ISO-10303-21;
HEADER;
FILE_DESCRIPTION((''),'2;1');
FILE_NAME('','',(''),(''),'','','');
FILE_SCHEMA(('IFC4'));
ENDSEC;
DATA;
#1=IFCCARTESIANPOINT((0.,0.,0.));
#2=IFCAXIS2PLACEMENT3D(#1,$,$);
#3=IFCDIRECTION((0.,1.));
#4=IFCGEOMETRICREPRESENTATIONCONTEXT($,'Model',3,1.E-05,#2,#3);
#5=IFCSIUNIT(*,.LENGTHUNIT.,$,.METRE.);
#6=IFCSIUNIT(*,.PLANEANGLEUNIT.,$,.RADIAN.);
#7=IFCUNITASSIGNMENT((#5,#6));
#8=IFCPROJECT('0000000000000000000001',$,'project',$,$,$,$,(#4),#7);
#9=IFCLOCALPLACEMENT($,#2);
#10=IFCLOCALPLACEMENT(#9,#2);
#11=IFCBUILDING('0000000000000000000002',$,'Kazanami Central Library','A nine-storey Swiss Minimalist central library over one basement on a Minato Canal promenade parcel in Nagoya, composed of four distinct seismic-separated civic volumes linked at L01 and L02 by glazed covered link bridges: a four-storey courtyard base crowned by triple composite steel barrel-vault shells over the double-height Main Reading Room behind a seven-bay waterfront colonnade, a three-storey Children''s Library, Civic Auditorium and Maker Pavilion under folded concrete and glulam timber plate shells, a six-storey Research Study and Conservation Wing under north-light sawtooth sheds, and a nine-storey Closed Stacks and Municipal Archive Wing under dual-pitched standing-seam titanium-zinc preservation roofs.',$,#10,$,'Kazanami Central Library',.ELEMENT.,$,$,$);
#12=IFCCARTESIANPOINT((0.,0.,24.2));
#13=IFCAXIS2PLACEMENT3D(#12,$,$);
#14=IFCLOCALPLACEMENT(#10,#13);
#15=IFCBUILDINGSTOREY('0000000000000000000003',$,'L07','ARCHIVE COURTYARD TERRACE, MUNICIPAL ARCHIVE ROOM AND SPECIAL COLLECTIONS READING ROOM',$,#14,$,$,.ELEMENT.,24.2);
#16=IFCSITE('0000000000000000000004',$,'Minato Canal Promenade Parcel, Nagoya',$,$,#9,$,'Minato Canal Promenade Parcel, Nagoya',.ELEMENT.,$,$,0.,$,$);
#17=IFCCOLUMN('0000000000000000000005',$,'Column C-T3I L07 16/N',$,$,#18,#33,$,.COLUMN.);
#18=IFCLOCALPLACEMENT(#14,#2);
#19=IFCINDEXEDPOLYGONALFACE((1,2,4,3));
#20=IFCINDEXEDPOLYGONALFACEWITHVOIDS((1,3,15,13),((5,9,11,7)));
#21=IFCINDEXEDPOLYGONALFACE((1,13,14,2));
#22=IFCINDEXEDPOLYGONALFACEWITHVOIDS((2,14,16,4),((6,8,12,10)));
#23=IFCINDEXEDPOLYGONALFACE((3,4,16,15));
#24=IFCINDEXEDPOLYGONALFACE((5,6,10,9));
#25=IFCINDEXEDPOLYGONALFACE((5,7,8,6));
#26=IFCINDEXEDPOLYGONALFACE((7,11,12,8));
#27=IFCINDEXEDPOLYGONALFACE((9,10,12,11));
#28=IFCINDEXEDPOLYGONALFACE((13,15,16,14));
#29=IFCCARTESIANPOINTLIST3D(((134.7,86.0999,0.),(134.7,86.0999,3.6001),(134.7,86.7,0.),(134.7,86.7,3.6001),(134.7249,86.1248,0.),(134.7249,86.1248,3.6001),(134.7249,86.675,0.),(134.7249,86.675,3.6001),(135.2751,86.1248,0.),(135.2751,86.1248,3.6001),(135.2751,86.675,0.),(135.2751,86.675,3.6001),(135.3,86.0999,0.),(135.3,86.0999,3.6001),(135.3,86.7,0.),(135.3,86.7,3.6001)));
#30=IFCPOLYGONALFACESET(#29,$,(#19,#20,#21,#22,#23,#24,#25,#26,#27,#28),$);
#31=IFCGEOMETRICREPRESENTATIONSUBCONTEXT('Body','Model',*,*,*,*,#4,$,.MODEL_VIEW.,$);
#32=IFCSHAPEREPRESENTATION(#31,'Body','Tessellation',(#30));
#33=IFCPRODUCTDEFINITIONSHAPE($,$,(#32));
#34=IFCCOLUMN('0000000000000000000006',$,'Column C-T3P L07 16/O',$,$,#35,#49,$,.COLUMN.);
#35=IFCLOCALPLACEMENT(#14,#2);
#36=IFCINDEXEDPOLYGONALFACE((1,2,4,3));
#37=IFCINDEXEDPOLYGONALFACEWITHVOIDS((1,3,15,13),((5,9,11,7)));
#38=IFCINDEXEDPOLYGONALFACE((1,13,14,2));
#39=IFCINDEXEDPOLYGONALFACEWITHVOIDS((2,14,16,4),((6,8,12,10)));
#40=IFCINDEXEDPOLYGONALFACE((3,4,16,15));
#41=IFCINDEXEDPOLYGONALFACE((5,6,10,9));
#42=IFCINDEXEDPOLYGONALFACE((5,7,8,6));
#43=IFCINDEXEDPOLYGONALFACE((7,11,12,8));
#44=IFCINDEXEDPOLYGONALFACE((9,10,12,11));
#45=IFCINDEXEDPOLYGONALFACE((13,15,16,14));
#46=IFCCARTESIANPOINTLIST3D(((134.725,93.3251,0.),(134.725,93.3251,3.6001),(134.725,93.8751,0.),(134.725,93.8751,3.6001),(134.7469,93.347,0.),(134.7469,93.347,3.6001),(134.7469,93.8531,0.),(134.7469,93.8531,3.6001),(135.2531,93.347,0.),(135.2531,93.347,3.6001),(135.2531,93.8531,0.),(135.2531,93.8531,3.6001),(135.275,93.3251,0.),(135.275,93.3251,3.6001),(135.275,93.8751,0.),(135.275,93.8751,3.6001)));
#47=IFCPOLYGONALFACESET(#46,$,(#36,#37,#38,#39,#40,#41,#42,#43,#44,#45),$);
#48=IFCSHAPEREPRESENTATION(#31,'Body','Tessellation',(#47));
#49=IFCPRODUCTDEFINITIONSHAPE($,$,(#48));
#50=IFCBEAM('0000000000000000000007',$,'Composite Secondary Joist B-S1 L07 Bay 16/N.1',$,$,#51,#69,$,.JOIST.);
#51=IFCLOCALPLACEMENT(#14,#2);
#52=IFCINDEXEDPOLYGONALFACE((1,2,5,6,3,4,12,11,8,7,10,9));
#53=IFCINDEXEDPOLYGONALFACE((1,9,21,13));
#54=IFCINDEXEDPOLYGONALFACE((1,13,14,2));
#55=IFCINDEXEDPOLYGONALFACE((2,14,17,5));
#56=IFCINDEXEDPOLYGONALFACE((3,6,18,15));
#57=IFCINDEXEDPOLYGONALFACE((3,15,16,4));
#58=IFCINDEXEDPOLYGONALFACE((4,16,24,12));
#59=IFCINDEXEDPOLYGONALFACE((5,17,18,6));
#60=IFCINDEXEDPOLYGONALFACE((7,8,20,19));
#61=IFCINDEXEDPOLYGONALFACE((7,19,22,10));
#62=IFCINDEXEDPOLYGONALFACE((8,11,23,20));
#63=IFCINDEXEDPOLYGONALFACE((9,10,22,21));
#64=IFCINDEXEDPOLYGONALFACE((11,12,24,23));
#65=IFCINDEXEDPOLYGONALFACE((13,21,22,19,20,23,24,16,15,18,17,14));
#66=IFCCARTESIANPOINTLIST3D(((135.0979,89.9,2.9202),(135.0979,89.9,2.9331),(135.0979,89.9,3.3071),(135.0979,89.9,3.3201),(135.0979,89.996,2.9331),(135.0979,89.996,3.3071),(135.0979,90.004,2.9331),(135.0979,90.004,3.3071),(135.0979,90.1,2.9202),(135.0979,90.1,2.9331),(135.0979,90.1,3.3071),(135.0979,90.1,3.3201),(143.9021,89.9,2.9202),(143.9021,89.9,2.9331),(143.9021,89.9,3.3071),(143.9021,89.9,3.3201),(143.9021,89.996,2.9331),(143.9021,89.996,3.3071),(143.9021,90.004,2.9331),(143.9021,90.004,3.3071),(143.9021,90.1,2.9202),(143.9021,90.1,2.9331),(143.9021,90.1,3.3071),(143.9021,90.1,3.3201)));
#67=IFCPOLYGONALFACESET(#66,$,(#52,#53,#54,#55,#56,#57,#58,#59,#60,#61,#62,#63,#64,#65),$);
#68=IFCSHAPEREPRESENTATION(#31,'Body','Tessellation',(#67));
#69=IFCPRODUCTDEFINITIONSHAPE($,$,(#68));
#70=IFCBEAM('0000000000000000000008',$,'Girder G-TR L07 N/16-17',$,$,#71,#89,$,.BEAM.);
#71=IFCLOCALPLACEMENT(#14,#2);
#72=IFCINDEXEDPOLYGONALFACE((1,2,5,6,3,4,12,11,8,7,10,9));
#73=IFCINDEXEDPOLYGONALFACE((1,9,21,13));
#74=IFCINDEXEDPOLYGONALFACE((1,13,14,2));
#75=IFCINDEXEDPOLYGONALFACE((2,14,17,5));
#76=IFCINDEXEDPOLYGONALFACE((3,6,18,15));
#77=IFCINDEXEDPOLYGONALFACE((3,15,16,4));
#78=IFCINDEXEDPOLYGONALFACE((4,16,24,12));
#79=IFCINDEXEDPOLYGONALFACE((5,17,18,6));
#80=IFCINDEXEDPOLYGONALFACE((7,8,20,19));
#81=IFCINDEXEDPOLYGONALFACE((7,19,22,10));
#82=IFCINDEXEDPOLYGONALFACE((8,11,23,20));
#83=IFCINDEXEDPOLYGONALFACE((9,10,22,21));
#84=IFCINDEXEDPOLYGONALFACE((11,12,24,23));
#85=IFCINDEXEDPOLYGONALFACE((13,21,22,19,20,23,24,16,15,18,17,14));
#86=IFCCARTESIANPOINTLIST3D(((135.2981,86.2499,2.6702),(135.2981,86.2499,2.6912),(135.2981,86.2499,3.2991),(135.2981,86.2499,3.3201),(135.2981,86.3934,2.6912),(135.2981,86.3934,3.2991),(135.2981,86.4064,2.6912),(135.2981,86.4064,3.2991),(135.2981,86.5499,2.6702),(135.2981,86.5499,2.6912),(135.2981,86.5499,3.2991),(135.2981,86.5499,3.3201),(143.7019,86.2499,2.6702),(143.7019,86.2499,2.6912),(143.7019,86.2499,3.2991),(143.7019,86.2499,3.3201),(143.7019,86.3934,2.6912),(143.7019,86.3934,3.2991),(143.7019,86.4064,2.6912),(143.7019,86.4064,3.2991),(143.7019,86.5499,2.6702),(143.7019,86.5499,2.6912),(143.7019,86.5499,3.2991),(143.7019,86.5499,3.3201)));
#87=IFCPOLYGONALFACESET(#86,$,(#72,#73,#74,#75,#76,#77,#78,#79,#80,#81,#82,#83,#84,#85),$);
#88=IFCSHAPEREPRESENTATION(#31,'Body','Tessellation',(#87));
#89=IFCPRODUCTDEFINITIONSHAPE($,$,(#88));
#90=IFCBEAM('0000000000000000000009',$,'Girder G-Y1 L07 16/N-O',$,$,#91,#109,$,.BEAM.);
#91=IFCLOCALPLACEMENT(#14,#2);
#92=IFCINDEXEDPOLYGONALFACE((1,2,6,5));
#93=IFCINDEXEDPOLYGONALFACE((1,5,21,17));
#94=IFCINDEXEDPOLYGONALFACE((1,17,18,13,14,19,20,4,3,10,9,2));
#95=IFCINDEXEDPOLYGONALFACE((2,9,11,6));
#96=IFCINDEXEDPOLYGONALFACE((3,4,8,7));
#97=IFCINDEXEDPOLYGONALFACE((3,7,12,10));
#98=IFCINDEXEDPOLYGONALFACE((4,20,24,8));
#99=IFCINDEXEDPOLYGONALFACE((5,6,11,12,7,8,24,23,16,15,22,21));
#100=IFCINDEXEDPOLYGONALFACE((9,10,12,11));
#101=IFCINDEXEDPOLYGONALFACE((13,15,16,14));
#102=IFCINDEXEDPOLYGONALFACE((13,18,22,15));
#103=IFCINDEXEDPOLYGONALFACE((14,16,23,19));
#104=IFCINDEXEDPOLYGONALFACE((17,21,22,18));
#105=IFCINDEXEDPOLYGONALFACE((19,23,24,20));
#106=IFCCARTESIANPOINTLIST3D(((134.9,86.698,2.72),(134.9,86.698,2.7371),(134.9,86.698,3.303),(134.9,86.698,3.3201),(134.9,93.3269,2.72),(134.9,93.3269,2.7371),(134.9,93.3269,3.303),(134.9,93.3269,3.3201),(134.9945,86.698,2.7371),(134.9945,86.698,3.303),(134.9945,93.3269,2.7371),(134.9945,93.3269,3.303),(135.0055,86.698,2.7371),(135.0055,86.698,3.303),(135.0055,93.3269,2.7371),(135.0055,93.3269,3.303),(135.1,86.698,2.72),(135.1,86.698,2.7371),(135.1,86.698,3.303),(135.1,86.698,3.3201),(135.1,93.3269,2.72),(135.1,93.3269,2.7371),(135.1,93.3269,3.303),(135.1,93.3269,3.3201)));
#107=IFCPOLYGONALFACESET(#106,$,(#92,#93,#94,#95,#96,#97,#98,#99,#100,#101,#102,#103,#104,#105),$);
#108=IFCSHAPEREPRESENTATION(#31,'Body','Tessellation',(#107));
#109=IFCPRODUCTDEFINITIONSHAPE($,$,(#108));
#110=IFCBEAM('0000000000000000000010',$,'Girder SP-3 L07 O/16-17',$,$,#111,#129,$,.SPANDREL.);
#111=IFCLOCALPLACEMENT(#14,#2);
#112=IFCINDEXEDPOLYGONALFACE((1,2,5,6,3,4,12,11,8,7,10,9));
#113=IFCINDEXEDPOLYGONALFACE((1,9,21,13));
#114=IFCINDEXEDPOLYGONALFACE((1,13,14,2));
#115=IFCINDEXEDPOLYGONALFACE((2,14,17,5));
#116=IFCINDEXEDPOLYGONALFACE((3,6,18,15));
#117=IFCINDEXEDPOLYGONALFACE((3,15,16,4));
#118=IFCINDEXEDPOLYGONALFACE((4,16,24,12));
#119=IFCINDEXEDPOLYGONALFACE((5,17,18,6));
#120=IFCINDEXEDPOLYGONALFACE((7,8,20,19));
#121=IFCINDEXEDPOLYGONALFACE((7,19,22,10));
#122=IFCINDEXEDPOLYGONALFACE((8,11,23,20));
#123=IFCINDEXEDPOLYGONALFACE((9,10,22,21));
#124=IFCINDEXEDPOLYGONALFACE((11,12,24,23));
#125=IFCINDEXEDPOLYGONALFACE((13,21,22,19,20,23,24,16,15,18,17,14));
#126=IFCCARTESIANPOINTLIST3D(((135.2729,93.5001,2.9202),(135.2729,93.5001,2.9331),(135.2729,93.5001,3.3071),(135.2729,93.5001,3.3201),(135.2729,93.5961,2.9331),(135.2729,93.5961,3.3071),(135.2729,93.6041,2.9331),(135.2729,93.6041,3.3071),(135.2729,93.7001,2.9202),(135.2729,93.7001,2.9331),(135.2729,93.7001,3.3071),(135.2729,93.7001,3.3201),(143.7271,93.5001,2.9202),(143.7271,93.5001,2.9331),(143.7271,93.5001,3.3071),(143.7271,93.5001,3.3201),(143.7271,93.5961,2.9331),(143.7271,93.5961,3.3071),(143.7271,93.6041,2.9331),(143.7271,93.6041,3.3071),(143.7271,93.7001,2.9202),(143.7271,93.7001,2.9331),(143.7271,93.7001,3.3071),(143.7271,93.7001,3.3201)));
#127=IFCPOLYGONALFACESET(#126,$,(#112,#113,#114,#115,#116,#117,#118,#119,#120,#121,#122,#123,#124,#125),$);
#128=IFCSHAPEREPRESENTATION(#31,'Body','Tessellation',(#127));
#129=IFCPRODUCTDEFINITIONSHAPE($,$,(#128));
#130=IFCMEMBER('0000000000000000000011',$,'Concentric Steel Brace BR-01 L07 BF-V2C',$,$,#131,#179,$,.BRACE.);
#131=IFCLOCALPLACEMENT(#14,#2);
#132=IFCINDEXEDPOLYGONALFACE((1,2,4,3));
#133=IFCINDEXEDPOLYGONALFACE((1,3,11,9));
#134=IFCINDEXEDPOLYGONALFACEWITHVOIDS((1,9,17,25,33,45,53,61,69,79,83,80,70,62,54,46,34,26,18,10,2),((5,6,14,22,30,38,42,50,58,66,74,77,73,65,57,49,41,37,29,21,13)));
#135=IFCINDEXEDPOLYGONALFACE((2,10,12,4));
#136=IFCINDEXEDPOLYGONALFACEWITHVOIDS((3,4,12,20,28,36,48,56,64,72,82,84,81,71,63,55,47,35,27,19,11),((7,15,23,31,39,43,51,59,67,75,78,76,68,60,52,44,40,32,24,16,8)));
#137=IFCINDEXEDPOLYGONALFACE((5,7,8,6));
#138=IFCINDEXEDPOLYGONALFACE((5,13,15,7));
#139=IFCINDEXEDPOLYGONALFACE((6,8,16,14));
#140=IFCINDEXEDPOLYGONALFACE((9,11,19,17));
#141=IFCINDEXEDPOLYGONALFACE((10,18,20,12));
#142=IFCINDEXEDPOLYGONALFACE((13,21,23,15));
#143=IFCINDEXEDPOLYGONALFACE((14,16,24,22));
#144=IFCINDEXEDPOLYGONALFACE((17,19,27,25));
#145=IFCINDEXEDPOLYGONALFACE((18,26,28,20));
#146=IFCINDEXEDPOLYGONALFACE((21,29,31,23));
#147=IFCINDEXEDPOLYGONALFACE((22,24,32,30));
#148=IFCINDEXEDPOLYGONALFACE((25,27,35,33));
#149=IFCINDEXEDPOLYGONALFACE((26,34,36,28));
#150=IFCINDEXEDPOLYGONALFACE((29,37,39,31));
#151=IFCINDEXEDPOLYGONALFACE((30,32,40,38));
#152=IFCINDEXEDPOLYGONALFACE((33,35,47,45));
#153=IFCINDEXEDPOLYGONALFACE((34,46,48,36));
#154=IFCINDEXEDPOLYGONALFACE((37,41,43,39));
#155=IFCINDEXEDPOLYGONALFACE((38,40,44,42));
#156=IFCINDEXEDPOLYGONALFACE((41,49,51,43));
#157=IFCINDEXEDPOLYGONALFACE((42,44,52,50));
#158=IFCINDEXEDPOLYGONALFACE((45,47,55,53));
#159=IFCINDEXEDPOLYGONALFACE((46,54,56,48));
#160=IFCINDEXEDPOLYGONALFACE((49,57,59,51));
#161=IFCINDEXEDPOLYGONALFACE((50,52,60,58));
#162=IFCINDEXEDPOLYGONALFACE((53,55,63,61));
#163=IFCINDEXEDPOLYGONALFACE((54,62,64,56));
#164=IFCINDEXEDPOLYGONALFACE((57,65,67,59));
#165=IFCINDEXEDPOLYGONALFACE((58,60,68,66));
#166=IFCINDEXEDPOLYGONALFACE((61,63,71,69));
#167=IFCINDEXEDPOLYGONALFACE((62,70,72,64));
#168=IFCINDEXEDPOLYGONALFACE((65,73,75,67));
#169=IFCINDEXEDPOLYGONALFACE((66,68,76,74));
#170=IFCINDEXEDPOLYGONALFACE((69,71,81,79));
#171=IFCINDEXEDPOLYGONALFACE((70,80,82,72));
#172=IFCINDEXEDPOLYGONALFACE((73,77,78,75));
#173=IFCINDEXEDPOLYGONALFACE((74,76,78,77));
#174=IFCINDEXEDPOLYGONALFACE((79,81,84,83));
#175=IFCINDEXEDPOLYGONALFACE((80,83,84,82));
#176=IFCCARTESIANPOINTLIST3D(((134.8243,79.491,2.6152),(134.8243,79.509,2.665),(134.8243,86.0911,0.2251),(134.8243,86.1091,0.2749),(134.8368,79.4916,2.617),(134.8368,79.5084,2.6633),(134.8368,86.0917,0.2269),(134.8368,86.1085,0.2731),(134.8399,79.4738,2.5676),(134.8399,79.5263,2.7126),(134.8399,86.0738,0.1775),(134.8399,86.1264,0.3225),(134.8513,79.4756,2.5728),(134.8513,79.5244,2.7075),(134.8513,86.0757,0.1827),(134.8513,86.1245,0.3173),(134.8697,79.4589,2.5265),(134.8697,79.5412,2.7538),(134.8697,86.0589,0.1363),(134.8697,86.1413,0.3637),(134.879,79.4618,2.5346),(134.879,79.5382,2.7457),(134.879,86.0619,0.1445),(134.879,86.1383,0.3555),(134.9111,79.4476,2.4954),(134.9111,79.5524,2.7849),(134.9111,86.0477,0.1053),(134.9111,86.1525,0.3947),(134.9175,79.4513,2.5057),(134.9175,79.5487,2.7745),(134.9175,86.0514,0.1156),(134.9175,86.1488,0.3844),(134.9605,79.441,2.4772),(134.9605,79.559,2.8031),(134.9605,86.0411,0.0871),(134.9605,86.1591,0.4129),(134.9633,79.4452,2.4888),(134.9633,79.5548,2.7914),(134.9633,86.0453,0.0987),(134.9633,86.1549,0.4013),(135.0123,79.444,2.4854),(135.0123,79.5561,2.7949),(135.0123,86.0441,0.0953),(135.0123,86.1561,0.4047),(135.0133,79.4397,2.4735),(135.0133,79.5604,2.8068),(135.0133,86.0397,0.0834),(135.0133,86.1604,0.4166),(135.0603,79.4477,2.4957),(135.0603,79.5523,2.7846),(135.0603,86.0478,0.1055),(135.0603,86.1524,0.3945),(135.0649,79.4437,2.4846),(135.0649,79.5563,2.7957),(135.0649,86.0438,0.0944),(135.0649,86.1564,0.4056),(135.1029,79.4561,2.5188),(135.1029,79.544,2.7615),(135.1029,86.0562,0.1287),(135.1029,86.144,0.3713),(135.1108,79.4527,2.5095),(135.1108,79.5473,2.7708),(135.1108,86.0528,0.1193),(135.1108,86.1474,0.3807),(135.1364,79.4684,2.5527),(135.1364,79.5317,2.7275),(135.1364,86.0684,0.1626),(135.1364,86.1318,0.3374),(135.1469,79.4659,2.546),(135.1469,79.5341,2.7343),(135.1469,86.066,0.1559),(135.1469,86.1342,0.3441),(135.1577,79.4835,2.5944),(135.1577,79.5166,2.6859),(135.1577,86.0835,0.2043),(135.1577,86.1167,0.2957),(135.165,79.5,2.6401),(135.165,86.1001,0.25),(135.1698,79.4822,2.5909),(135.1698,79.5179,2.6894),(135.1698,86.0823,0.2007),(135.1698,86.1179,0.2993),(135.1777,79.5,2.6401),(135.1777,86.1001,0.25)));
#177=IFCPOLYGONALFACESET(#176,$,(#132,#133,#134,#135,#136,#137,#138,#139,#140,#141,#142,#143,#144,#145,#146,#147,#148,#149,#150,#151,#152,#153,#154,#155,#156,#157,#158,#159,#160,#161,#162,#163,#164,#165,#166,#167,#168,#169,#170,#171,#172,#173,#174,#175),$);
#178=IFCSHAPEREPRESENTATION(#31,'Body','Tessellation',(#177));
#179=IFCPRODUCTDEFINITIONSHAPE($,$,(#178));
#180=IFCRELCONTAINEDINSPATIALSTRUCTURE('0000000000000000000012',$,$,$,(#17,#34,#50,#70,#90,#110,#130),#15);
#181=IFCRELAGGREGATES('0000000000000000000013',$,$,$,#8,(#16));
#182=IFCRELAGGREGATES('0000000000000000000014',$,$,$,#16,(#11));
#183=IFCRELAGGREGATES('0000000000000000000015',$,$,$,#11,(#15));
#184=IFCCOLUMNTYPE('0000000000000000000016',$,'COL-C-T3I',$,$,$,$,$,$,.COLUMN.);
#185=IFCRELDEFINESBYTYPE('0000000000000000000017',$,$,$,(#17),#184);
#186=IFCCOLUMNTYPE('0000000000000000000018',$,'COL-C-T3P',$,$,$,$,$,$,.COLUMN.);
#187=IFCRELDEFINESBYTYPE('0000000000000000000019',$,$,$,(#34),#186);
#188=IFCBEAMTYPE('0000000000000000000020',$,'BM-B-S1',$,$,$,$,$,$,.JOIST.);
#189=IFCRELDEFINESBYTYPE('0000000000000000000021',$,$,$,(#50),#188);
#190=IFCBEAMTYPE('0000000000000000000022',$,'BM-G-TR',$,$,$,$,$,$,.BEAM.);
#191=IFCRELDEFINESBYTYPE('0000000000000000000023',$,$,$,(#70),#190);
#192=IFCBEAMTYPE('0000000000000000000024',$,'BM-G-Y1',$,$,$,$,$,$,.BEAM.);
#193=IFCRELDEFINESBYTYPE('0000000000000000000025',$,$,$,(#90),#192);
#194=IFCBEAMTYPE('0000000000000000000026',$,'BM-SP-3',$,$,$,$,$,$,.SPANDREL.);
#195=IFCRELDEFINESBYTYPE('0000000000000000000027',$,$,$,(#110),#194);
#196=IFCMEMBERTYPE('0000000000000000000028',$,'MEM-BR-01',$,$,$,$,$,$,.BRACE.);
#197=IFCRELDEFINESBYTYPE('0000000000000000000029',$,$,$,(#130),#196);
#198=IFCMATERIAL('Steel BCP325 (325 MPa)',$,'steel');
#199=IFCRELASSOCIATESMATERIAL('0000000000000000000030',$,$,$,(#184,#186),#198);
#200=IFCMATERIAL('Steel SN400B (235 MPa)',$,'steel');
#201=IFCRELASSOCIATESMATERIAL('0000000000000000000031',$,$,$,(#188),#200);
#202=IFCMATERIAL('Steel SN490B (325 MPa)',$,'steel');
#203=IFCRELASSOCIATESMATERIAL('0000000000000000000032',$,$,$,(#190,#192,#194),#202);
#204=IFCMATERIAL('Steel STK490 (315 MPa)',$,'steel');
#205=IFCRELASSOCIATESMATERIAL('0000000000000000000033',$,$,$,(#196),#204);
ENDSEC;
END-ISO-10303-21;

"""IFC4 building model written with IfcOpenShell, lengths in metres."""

from ifc_helpers import new_model, si_unit, direction, frame, origin, origin_2d, place, context, subcontext, project, spatial, hollow_rectangle, hollow_circle, i_section, extrude, material, material_profile, profile_set, type_object, element, save


model = new_model("IFC4")

# Units and contexts
model_context = context("Model", 3, precision=1e-05, world=origin(), true_north=direction((0.0, 1.0)))
body_context = subcontext(model_context, "Body", "Model", "MODEL_VIEW")
ifc_project = project(units=[si_unit("LENGTHUNIT", "METRE"), si_unit("PLANEANGLEUNIT", "RADIAN")], contexts=[model_context])

# Site, building, storey
site_placement = place(None, origin())
site = spatial("IfcSite", under=ifc_project, at=site_placement, Name="Minato Canal Promenade Parcel, Nagoya", LongName="Minato Canal Promenade Parcel, Nagoya", CompositionType="ELEMENT", RefElevation=0.0)
building_placement = place(site_placement, origin())
building = spatial("IfcBuilding", under=site, at=building_placement, Name="Kazanami Central Library", Description="A nine-storey Swiss Minimalist central library over one basement on a Minato Canal promenade parcel in Nagoya, composed of four distinct seismic-separated civic volumes linked at L01 and L02 by glazed covered link bridges: a four-storey courtyard base crowned by triple composite steel barrel-vault shells over the double-height Main Reading Room behind a seven-bay waterfront colonnade, a three-storey Children's Library, Civic Auditorium and Maker Pavilion under folded concrete and glulam timber plate shells, a six-storey Research Study and Conservation Wing under north-light sawtooth sheds, and a nine-storey Closed Stacks and Municipal Archive Wing under dual-pitched standing-seam titanium-zinc preservation roofs.", LongName="Kazanami Central Library", CompositionType="ELEMENT")
storey_placement = place(building_placement, frame((0.0, 0.0, 24.2)))
storey = spatial("IfcBuildingStorey", under=building, at=storey_placement, Name="L07", Description="ARCHIVE COURTYARD TERRACE, MUNICIPAL ARCHIVE ROOM AND SPECIAL COLLECTIONS READING ROOM", CompositionType="ELEMENT", Elevation=24.2)

# Columns
ifc_material_1 = material(Name="Steel BCP325 (325 MPa)", Category="steel")
ifc_material_profile_1 = material_profile(ifc_material_1, hollow_rectangle(XDim=0.6001, YDim=0.6001, WallThickness=0.0249, at=origin_2d()), Name="BCP-600x600x25")
ifc_profile_set_1 = profile_set([ifc_material_profile_1], Name="Steel BCP325 (325 MPa)")
column_type_1 = type_object("IfcColumnType", Name="COL-C-T3I", PredefinedType="COLUMN", material=ifc_profile_set_1)
column_1_placement = place(storey_placement, frame((135.0, 86.3999, 0.0), z_axis=(0.0, 0.0, 1.0), x_axis=(1.0, 0.0, 0.0)))
element("IfcColumn", 1, at=column_1_placement, inside=storey, type_object=column_type_1, Name="Column C-T3I L07 16/N", PredefinedType="COLUMN", context=body_context, shape_type="SweptSolid", body=[
    extrude(hollow_rectangle(XDim=0.6001, YDim=0.6001, WallThickness=0.0249, at=origin_2d()), origin(), (0.0, 0.0, 1.0), 3.6001),
])
ifc_material_profile_2 = material_profile(ifc_material_1, hollow_rectangle(XDim=0.55, YDim=0.55, WallThickness=0.022, at=origin_2d()), Name="BCP-550x550x22")
ifc_profile_set_2 = profile_set([ifc_material_profile_2], Name="Steel BCP325 (325 MPa)")
column_type_2 = type_object("IfcColumnType", Name="COL-C-T3P", PredefinedType="COLUMN", material=ifc_profile_set_2)
column_2_placement = place(storey_placement, frame((135.0, 93.6001, 0.0), z_axis=(0.0, 0.0, 1.0), x_axis=(1.0, 0.0, 0.0)))
element("IfcColumn", 2, at=column_2_placement, inside=storey, type_object=column_type_2, Name="Column C-T3P L07 16/O", PredefinedType="COLUMN", context=body_context, shape_type="SweptSolid", body=[
    extrude(hollow_rectangle(XDim=0.55, YDim=0.55, WallThickness=0.022, at=origin_2d()), origin(), (0.0, 0.0, 1.0), 3.6001),
])

# Beams
ifc_material_2 = material(Name="Steel SN400B (235 MPa)", Category="steel")
ifc_material_profile_3 = material_profile(ifc_material_2, i_section(OverallWidth=0.2, OverallDepth=0.3999, WebThickness=0.0081, FlangeThickness=0.0129, at=origin_2d()), Name="H-400x200x8x13")
ifc_profile_set_3 = profile_set([ifc_material_profile_3], Name="Steel SN400B (235 MPa)")
beam_type_1 = type_object("IfcBeamType", Name="BM-B-S1", PredefinedType="JOIST", material=ifc_profile_set_3)
beam_1_placement = place(storey_placement, frame((135.0979, 90.0, 3.1201), z_axis=(1.0, 0.0, 0.0), x_axis=(0.0, 1.0, 0.0)))
element("IfcBeam", 3, at=beam_1_placement, inside=storey, type_object=beam_type_1, Name="Composite Secondary Joist B-S1 L07 Bay 16/N.1", PredefinedType="JOIST", context=body_context, shape_type="SweptSolid", body=[
    extrude(i_section(OverallWidth=0.2, OverallDepth=0.3999, WebThickness=0.0081, FlangeThickness=0.0129, at=origin_2d()), origin(), (0.0, 0.0, 1.0), 8.8042),
])
ifc_material_3 = material(Name="Steel SN490B (325 MPa)", Category="steel")
ifc_material_profile_4 = material_profile(ifc_material_3, i_section(OverallWidth=0.3, OverallDepth=0.6499, WebThickness=0.0129, FlangeThickness=0.021, at=origin_2d()), Name="H-650x300x13x21")
ifc_profile_set_4 = profile_set([ifc_material_profile_4], Name="Steel SN490B (325 MPa)")
beam_type_2 = type_object("IfcBeamType", Name="BM-G-TR", PredefinedType="BEAM", material=ifc_profile_set_4)
beam_2_placement = place(storey_placement, frame((135.2981, 86.3999, 2.9951), z_axis=(1.0, 0.0, 0.0), x_axis=(0.0, 1.0, 0.0)))
element("IfcBeam", 4, at=beam_2_placement, inside=storey, type_object=beam_type_2, Name="Girder G-TR L07 N/16-17", PredefinedType="BEAM", context=body_context, shape_type="SweptSolid", body=[
    extrude(i_section(OverallWidth=0.3, OverallDepth=0.6499, WebThickness=0.0129, FlangeThickness=0.021, at=origin_2d()), origin(), (0.0, 0.0, 1.0), 8.4038),
])
ifc_material_profile_5 = material_profile(ifc_material_3, i_section(OverallWidth=0.2, OverallDepth=0.6001, WebThickness=0.011, FlangeThickness=0.0171, at=origin_2d()), Name="H-600x200x11x17")
ifc_profile_set_5 = profile_set([ifc_material_profile_5], Name="Steel SN490B (325 MPa)")
beam_type_3 = type_object("IfcBeamType", Name="BM-G-Y1", PredefinedType="BEAM", material=ifc_profile_set_5)
beam_3_placement = place(storey_placement, frame((135.0, 86.698, 3.02), z_axis=(0.0, 1.0, 0.0), x_axis=(-1.0, 0.0, 0.0)))
element("IfcBeam", 5, at=beam_3_placement, inside=storey, type_object=beam_type_3, Name="Girder G-Y1 L07 16/N-O", PredefinedType="BEAM", context=body_context, shape_type="SweptSolid", body=[
    extrude(i_section(OverallWidth=0.2, OverallDepth=0.6001, WebThickness=0.011, FlangeThickness=0.0171, at=origin_2d()), origin(), (0.0, 0.0, 1.0), 6.6289),
])
ifc_material_profile_6 = material_profile(ifc_material_3, i_section(OverallWidth=0.2, OverallDepth=0.3999, WebThickness=0.0081, FlangeThickness=0.0129, at=origin_2d()), Name="H-400x200x8x13")
ifc_profile_set_6 = profile_set([ifc_material_profile_6], Name="Steel SN490B (325 MPa)")
beam_type_4 = type_object("IfcBeamType", Name="BM-SP-3", PredefinedType="SPANDREL", material=ifc_profile_set_6)
beam_4_placement = place(storey_placement, frame((135.2729, 93.6001, 3.1201), z_axis=(1.0, 0.0, 0.0), x_axis=(0.0, 1.0, 0.0)))
element("IfcBeam", 6, at=beam_4_placement, inside=storey, type_object=beam_type_4, Name="Girder SP-3 L07 O/16-17", PredefinedType="SPANDREL", context=body_context, shape_type="SweptSolid", body=[
    extrude(i_section(OverallWidth=0.2, OverallDepth=0.3999, WebThickness=0.0081, FlangeThickness=0.0129, at=origin_2d()), origin(), (0.0, 0.0, 1.0), 8.4541),
])

# Member
ifc_material_4 = material(Name="Steel STK490 (315 MPa)", Category="steel")
ifc_material_profile_7 = material_profile(ifc_material_4, hollow_circle(Radius=0.1777, WallThickness=0.0127, at=origin_2d()), Name="CHS-355.6x12.7")
ifc_profile_set_7 = profile_set([ifc_material_profile_7], Name="Steel STK490 (315 MPa)")
member_type = type_object("IfcMemberType", Name="MEM-BR-01", PredefinedType="BRACE", material=ifc_profile_set_7)
member_placement = place(storey_placement, frame((135.0, 86.1001, 0.25), z_axis=(0.0, -0.940246, 0.340497), x_axis=(1.0, 0.0, 0.0)))
element("IfcMember", 7, at=member_placement, inside=storey, type_object=member_type, Name="Concentric Steel Brace BR-01 L07 BF-V2C", PredefinedType="BRACE", context=body_context, shape_type="SweptSolid", body=[
    extrude(hollow_circle(Radius=0.1777, WallThickness=0.0127, at=origin_2d()), origin(), (0.0, 0.0, 1.0), 7.0195),
])

save(model, "model.ifc")
